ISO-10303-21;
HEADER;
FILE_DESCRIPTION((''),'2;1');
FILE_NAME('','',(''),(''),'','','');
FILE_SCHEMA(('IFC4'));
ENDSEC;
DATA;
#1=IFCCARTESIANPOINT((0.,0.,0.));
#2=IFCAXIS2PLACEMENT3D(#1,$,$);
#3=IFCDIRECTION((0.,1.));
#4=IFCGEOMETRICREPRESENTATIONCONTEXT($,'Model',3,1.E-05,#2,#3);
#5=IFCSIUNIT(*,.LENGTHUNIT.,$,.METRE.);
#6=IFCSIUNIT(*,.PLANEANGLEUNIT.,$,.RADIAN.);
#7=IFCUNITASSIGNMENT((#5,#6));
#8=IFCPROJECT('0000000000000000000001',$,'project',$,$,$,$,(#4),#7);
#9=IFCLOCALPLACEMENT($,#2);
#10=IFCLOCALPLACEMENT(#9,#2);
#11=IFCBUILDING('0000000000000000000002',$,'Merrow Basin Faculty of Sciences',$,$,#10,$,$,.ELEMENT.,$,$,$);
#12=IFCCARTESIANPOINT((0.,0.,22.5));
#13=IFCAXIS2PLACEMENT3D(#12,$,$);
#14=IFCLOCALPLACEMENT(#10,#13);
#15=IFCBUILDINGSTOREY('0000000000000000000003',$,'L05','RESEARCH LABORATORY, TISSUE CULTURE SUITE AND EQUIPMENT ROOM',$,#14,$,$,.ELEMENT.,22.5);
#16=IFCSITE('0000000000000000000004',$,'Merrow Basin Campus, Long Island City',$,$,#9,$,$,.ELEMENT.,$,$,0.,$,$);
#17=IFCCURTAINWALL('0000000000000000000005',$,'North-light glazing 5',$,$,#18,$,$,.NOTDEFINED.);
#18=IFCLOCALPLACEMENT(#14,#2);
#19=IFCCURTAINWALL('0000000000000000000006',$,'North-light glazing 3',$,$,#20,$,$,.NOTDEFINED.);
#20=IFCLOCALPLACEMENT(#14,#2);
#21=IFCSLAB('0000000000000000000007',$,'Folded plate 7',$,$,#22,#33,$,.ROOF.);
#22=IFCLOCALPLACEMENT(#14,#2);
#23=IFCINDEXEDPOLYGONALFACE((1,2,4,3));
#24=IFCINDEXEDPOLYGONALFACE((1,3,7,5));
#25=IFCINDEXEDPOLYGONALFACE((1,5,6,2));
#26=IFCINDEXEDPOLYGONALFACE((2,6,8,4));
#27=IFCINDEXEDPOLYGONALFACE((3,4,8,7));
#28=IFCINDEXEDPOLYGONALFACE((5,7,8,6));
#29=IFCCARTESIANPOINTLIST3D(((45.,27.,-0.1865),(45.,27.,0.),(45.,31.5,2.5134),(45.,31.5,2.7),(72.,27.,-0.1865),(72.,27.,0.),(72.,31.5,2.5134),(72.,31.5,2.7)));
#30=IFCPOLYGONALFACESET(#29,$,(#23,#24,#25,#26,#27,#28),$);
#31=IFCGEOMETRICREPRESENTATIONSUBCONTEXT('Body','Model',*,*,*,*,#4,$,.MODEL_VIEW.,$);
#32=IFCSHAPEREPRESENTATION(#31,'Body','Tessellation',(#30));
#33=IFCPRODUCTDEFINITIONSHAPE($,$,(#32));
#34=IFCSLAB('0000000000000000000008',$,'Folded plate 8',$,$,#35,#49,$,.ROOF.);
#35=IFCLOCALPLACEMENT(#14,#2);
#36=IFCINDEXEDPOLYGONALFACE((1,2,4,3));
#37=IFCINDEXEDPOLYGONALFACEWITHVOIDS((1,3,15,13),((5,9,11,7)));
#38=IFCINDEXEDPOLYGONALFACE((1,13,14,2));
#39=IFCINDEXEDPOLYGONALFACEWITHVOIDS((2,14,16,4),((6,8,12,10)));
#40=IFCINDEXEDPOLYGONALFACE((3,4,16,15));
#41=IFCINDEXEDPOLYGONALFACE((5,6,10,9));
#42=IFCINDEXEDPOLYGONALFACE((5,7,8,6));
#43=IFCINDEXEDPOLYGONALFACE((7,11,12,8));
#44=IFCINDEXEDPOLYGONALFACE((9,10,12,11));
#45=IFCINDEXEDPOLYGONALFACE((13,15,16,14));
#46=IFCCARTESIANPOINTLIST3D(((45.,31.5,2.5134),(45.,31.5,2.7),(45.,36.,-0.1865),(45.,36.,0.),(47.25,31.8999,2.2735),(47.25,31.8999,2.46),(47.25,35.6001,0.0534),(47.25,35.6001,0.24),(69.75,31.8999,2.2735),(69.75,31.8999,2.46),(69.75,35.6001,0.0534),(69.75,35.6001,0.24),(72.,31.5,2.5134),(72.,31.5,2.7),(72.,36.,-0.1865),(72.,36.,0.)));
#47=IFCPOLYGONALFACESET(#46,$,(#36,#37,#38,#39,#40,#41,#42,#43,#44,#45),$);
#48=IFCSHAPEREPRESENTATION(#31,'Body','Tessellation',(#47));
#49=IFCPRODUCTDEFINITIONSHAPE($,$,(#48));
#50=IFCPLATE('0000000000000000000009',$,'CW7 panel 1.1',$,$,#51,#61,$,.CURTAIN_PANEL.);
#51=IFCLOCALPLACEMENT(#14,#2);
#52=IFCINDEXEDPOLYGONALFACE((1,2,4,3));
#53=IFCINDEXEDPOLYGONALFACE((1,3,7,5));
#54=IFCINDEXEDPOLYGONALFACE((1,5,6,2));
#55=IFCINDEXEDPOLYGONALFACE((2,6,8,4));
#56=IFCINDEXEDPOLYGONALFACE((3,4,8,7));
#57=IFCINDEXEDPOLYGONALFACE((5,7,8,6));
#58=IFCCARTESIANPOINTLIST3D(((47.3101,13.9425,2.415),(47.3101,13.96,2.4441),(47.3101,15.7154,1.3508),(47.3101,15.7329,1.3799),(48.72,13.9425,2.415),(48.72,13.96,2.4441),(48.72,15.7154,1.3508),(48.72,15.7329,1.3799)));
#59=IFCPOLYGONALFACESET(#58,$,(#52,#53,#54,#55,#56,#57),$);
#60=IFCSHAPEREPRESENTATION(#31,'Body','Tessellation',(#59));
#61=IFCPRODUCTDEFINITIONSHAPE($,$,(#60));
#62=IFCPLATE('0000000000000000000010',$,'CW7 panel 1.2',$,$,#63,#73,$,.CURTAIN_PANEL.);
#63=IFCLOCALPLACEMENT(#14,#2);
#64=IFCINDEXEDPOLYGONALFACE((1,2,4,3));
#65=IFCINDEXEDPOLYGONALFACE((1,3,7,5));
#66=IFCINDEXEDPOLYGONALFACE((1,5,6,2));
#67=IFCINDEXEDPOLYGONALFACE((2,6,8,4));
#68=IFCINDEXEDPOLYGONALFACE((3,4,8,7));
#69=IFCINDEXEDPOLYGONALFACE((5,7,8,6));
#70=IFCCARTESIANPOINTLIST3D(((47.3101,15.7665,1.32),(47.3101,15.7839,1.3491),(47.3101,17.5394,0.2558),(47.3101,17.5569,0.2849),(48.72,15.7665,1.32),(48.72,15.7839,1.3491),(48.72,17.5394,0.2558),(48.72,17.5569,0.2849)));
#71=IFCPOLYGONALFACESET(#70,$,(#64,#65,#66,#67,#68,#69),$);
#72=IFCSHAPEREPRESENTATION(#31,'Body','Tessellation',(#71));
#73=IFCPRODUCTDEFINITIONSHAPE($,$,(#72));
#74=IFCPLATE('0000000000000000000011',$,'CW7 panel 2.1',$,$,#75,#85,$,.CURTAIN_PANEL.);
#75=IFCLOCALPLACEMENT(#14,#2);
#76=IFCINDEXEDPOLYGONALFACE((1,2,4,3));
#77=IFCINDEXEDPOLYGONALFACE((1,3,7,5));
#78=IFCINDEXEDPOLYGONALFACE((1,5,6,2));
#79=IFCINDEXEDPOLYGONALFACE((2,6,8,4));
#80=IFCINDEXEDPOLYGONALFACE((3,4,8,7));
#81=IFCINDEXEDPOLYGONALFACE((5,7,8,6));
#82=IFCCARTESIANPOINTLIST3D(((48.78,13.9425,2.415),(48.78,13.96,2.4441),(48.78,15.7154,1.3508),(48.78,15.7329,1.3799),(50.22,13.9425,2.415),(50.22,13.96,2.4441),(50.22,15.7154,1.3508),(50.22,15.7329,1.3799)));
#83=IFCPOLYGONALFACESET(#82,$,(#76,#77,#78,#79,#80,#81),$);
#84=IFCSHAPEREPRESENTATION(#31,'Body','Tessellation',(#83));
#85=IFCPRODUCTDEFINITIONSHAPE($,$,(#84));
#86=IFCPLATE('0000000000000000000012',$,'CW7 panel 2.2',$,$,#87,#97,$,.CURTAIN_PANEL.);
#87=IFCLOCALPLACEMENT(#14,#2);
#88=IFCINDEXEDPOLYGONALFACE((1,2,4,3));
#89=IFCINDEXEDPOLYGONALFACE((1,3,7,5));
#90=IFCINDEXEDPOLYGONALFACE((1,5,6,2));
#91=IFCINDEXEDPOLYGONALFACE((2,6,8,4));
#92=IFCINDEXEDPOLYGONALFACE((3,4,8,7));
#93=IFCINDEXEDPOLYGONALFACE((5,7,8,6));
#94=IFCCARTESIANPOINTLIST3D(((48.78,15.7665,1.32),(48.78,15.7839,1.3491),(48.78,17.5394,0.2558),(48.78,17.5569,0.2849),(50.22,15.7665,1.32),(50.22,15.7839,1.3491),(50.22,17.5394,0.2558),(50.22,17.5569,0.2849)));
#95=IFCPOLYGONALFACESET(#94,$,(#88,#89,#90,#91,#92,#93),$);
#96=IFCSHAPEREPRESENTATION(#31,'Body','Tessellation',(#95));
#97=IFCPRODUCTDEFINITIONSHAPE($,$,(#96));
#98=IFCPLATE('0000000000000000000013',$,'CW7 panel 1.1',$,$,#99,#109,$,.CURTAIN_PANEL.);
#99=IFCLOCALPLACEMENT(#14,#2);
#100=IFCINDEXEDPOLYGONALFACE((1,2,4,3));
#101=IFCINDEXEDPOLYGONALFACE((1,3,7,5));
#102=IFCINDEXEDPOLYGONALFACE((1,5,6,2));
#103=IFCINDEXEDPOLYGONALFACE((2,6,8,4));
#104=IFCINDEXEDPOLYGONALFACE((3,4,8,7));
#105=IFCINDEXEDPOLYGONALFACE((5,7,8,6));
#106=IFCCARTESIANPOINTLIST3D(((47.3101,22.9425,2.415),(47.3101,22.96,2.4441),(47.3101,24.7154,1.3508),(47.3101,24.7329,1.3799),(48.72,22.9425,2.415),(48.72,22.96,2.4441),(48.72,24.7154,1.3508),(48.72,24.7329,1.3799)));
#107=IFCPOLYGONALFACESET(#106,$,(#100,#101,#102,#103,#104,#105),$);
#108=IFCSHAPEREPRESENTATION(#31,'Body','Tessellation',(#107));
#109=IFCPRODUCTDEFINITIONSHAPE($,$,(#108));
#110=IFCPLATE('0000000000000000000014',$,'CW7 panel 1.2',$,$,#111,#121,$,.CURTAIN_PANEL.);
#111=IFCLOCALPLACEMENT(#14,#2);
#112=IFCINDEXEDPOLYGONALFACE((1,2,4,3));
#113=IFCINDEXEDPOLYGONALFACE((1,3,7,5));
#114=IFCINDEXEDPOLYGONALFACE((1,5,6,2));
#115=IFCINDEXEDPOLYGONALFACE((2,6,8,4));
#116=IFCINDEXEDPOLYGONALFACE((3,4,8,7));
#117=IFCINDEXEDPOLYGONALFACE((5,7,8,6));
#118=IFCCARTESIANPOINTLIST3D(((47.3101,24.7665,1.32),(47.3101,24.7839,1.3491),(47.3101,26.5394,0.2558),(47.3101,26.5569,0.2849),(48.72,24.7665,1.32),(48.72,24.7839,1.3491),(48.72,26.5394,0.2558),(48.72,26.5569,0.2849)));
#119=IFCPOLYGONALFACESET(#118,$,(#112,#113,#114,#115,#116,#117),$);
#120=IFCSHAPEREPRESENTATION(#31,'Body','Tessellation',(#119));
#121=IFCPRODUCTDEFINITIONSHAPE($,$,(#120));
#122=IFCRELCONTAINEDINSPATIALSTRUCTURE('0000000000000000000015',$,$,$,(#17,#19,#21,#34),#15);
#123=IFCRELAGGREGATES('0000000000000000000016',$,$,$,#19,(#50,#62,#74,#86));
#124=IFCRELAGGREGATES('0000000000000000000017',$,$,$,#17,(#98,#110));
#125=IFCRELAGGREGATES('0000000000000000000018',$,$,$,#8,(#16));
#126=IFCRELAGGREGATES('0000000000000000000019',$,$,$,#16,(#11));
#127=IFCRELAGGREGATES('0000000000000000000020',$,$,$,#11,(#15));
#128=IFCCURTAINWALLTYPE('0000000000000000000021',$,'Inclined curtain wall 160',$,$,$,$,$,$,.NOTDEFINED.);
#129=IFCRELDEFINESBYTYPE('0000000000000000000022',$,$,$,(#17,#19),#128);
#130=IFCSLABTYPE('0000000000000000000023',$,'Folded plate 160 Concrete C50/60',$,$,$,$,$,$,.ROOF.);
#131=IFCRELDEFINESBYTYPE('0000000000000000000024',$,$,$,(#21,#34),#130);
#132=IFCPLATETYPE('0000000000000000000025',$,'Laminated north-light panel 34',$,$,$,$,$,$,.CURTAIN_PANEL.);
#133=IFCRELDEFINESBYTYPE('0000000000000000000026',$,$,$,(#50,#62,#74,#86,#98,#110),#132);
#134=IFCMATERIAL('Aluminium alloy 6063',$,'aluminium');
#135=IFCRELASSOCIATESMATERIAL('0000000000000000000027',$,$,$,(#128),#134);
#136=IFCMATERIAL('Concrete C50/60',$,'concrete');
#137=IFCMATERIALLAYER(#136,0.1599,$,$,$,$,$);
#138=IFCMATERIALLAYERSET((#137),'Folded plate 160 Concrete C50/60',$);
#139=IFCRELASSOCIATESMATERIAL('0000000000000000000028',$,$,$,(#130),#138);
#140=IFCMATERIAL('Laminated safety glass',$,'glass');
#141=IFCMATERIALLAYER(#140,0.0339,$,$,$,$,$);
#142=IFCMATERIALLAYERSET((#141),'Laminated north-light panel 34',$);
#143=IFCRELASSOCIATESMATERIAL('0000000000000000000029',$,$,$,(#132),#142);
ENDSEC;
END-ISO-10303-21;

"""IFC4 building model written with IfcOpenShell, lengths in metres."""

from ifc_helpers import new_model, si_unit, direction, frame, origin, place, context, subcontext, project, spatial, polyline, outline, extrude, material, layer, layer_set, type_object, element, aggregate, save


model = new_model("IFC4")

# Units and contexts
model_context = context("Model", 3, precision=1e-05, world=origin(), true_north=direction((0.0, 1.0)))
body_context = subcontext(model_context, "Body", "Model", "MODEL_VIEW")
ifc_project = project(units=[si_unit("LENGTHUNIT", "METRE"), si_unit("PLANEANGLEUNIT", "RADIAN")], contexts=[model_context])

# Site, building, storey
site_placement = place(None, origin())
site = spatial("IfcSite", under=ifc_project, at=site_placement, Name="Merrow Basin Campus, Long Island City", CompositionType="ELEMENT", RefElevation=0.0)
building_placement = place(site_placement, origin())
building = spatial("IfcBuilding", under=site, at=building_placement, Name="Merrow Basin Faculty of Sciences", CompositionType="ELEMENT")
storey_placement = place(building_placement, frame((0.0, 0.0, 22.5)))
storey = spatial("IfcBuildingStorey", under=building, at=storey_placement, Name="L05", Description="RESEARCH LABORATORY, TISSUE CULTURE SUITE AND EQUIPMENT ROOM", CompositionType="ELEMENT", Elevation=22.5)

# Curtain walls
ifc_material_1 = material(Name="Aluminium alloy 6063", Category="aluminium")
curtain_wall_type = type_object("IfcCurtainWallType", Name="Inclined curtain wall 160", PredefinedType="NOTDEFINED", material=ifc_material_1)
curtain_wall_1_placement = place(storey_placement, origin())
curtain_wall_1 = element("IfcCurtainWall", 1, at=curtain_wall_1_placement, inside=storey, type_object=curtain_wall_type, Name="North-light glazing 5", PredefinedType="NOTDEFINED")
curtain_wall_2_placement = place(storey_placement, origin())
curtain_wall_2 = element("IfcCurtainWall", 2, at=curtain_wall_2_placement, inside=storey, type_object=curtain_wall_type, Name="North-light glazing 3", PredefinedType="NOTDEFINED")

# Slabs
ifc_material_2 = material(Name="Concrete C50/60", Category="concrete")
ifc_layer_1 = layer(ifc_material_2, 0.1599)
ifc_layer_set_1 = layer_set([ifc_layer_1], Name="Folded plate 160 Concrete C50/60")
slab_type = type_object("IfcSlabType", Name="Folded plate 160 Concrete C50/60", PredefinedType="ROOF", material=ifc_layer_set_1)
slab_1_placement = place(storey_placement, frame((45.0, 27.0, 0.0), z_axis=(0.0, -0.514489, 0.857497), x_axis=(1.0, 0.0, 0.0)))
element("IfcSlab", 3, at=slab_1_placement, inside=storey, type_object=slab_type, Name="Folded plate 7", PredefinedType="ROOF", context=body_context, shape_type="SweptSolid", body=[
    extrude(outline(polyline([(0.0, 0.0), (27.0, 0.0), (27.0, 5.2478), (0.0, 5.2478), (0.0, 0.0)])), origin(), (0.0, -0.514489, -0.857497), 0.1865),
])
slab_2_placement = place(storey_placement, frame((45.0, 31.5, 2.7), z_axis=(0.0, 0.514489, 0.857497), x_axis=(1.0, 0.0, 0.0)))
element("IfcSlab", 4, at=slab_2_placement, inside=storey, type_object=slab_type, Name="Folded plate 8", PredefinedType="ROOF", context=body_context, shape_type="SweptSolid", body=[
    extrude(outline(polyline([(0.0, 0.0), (27.0, 0.0), (27.0, 5.2478), (0.0, 5.2478), (0.0, 0.0)]), holes=[polyline([(2.25, 0.4664), (24.75, 0.4664), (24.75, 4.7814), (2.25, 4.7814), (2.25, 0.4664)])]), origin(), (0.0, 0.514489, -0.857497), 0.1865),
])

# Plates
ifc_material_3 = material(Name="Laminated safety glass", Category="glass")
ifc_layer_2 = layer(ifc_material_3, 0.0339)
ifc_layer_set_2 = layer_set([ifc_layer_2], Name="Laminated north-light panel 34")
plate_type = type_object("IfcPlateType", Name="Laminated north-light panel 34", PredefinedType="CURTAIN_PANEL", material=ifc_layer_set_2)
plate_1_placement = place(storey_placement, frame((47.3101, 13.96, 2.4441), z_axis=(0.0, 0.514652, 0.857399), x_axis=(1.0, 0.0, 0.0)))
plate_1 = element("IfcPlate", 5, at=plate_1_placement, type_object=plate_type, Name="CW7 panel 1.1", PredefinedType="CURTAIN_PANEL", context=body_context, shape_type="SweptSolid", body=[
    extrude(outline(polyline([(0.0, 0.0), (1.4099, 0.0), (1.4099, 2.0678), (0.0, 2.0678), (0.0, 0.0)])), origin(), (0.0, 0.0, -1.0), 0.0339),
])
plate_2_placement = place(storey_placement, frame((47.3101, 15.7839, 1.3491), z_axis=(0.0, 0.514652, 0.857399), x_axis=(1.0, 0.0, 0.0)))
plate_2 = element("IfcPlate", 6, at=plate_2_placement, type_object=plate_type, Name="CW7 panel 1.2", PredefinedType="CURTAIN_PANEL", context=body_context, shape_type="SweptSolid", body=[
    extrude(outline(polyline([(0.0, 0.0), (1.4099, 0.0), (1.4099, 2.0678), (0.0, 2.0678), (0.0, 0.0)])), origin(), (0.0, 0.0, -1.0), 0.0339),
])
plate_3_placement = place(storey_placement, frame((48.78, 13.96, 2.4441), z_axis=(0.0, 0.514652, 0.857399), x_axis=(1.0, 0.0, 0.0)))
plate_3 = element("IfcPlate", 7, at=plate_3_placement, type_object=plate_type, Name="CW7 panel 2.1", PredefinedType="CURTAIN_PANEL", context=body_context, shape_type="SweptSolid", body=[
    extrude(outline(polyline([(0.0, 0.0), (1.4399, 0.0), (1.4399, 2.0678), (0.0, 2.0678), (0.0, 0.0)])), origin(), (0.0, 0.0, -1.0), 0.0339),
])
plate_4_placement = place(storey_placement, frame((48.78, 15.7839, 1.3491), z_axis=(0.0, 0.514652, 0.857399), x_axis=(1.0, 0.0, 0.0)))
plate_4 = element("IfcPlate", 8, at=plate_4_placement, type_object=plate_type, Name="CW7 panel 2.2", PredefinedType="CURTAIN_PANEL", context=body_context, shape_type="SweptSolid", body=[
    extrude(outline(polyline([(0.0, 0.0), (1.4399, 0.0), (1.4399, 2.0678), (0.0, 2.0678), (0.0, 0.0)])), origin(), (0.0, 0.0, -1.0), 0.0339),
])
aggregate(curtain_wall_2, [plate_1, plate_2, plate_3, plate_4])
plate_5_placement = place(storey_placement, frame((47.3101, 22.96, 2.4441), z_axis=(0.0, 0.514652, 0.857399), x_axis=(1.0, 0.0, 0.0)))
plate_5 = element("IfcPlate", 9, at=plate_5_placement, type_object=plate_type, Name="CW7 panel 1.1", PredefinedType="CURTAIN_PANEL", context=body_context, shape_type="SweptSolid", body=[
    extrude(outline(polyline([(0.0, 0.0), (1.4099, 0.0), (1.4099, 2.0678), (0.0, 2.0678), (0.0, 0.0)])), origin(), (0.0, 0.0, -1.0), 0.0339),
])
plate_6_placement = place(storey_placement, frame((47.3101, 24.7839, 1.3491), z_axis=(0.0, 0.514652, 0.857399), x_axis=(1.0, 0.0, 0.0)))
plate_6 = element("IfcPlate", 10, at=plate_6_placement, type_object=plate_type, Name="CW7 panel 1.2", PredefinedType="CURTAIN_PANEL", context=body_context, shape_type="SweptSolid", body=[
    extrude(outline(polyline([(0.0, 0.0), (1.4099, 0.0), (1.4099, 2.0678), (0.0, 2.0678), (0.0, 0.0)])), origin(), (0.0, 0.0, -1.0), 0.0339),
])
aggregate(curtain_wall_1, [plate_5, plate_6])

save(model, "model.ifc")
